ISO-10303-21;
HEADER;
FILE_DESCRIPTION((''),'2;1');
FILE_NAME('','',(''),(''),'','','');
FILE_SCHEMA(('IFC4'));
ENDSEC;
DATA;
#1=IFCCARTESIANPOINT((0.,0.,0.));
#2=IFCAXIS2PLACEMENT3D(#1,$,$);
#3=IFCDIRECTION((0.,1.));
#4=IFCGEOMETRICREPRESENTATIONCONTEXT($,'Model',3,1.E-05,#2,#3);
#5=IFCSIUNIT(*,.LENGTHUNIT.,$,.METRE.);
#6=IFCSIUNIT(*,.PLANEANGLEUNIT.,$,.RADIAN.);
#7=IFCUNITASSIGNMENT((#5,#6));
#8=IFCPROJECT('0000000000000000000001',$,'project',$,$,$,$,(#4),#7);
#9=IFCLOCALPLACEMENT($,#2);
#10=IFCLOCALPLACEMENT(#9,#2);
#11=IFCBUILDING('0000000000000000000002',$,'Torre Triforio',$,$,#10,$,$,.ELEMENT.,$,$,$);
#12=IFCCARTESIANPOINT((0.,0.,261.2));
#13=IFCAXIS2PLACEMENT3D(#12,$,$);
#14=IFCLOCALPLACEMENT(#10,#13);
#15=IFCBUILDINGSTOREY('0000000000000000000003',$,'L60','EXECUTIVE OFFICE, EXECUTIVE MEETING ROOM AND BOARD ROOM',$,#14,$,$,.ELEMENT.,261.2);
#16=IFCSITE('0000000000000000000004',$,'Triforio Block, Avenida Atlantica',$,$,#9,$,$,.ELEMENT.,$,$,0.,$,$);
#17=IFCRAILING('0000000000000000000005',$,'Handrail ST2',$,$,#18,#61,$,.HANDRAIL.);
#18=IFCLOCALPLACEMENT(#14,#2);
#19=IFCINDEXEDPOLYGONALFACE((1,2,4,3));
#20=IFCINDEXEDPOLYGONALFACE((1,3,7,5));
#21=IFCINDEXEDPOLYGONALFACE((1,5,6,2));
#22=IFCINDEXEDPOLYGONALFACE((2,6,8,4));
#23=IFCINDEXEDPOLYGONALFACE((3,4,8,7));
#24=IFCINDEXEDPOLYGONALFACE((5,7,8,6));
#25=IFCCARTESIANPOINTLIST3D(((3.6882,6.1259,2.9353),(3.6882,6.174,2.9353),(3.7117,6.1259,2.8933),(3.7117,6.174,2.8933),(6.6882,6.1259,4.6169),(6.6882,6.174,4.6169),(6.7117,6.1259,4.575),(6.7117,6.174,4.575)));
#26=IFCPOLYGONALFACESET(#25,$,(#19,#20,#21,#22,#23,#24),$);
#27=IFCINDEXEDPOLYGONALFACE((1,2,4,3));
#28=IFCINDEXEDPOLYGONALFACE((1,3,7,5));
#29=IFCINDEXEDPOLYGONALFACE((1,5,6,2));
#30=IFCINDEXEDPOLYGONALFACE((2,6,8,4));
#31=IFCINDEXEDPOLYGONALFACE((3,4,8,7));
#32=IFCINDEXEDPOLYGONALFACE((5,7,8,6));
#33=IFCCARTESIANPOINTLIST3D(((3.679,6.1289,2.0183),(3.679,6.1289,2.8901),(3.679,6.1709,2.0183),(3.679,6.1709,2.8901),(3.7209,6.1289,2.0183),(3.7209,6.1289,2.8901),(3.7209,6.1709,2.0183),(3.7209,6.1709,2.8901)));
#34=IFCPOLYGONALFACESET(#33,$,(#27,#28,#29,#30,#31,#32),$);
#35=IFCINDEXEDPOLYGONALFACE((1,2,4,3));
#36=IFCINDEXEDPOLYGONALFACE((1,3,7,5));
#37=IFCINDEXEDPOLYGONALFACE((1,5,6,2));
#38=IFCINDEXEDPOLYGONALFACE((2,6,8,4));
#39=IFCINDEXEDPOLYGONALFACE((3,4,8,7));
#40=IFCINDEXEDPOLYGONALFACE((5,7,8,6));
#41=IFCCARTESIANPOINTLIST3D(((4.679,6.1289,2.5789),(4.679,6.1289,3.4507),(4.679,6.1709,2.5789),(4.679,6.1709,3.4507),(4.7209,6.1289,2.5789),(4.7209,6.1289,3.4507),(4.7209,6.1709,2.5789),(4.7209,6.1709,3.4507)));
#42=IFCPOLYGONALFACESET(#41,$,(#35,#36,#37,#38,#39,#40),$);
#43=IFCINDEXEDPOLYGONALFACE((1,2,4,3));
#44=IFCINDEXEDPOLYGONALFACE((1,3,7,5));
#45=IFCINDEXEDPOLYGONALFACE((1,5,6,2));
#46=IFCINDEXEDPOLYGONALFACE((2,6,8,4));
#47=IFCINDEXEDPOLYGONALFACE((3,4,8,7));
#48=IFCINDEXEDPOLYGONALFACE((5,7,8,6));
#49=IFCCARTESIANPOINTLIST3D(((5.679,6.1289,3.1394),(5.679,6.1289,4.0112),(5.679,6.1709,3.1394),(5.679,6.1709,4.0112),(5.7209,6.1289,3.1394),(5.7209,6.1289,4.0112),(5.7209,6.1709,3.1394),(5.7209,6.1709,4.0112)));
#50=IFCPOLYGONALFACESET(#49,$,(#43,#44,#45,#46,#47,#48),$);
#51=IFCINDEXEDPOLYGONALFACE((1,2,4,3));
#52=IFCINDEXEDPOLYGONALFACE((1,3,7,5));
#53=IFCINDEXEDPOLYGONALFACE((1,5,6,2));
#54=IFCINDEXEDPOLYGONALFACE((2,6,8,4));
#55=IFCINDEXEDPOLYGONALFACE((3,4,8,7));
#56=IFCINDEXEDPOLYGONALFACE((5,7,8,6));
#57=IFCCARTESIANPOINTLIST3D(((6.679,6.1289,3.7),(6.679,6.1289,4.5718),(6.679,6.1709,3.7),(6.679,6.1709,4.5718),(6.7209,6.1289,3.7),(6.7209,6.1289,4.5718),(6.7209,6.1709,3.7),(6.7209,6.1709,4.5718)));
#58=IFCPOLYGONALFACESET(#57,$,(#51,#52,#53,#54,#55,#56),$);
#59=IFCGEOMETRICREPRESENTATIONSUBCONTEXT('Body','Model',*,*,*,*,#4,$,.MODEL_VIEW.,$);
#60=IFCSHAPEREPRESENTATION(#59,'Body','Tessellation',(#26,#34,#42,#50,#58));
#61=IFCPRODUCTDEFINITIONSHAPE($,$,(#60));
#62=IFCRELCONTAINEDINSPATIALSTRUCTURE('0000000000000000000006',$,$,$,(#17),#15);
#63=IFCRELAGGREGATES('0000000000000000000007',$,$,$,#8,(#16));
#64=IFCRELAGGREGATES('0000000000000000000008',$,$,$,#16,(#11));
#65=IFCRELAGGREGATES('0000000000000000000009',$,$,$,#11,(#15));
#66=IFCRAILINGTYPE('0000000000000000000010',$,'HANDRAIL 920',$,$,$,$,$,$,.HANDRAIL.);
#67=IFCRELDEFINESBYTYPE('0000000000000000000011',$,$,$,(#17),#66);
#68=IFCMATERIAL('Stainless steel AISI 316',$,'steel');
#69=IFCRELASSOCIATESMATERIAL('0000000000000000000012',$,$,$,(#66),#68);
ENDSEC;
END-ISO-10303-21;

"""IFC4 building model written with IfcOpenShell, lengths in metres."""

from ifc_helpers import new_model, si_unit, direction, frame, origin, origin_2d, place, context, subcontext, project, spatial, rectangle, extrude, material, type_object, element, save


model = new_model("IFC4")

# Units and contexts
model_context = context("Model", 3, precision=1e-05, world=origin(), true_north=direction((0.0, 1.0)))
body_context = subcontext(model_context, "Body", "Model", "MODEL_VIEW")
ifc_project = project(units=[si_unit("LENGTHUNIT", "METRE"), si_unit("PLANEANGLEUNIT", "RADIAN")], contexts=[model_context])

# Site, building, storey
site_placement = place(None, origin())
site = spatial("IfcSite", under=ifc_project, at=site_placement, Name="Triforio Block, Avenida Atlantica", CompositionType="ELEMENT", RefElevation=0.0)
building_placement = place(site_placement, origin())
building = spatial("IfcBuilding", under=site, at=building_placement, Name="Torre Triforio", CompositionType="ELEMENT")
storey_placement = place(building_placement, frame((0.0, 0.0, 261.2)))
storey = spatial("IfcBuildingStorey", under=building, at=storey_placement, Name="L60", Description="EXECUTIVE OFFICE, EXECUTIVE MEETING ROOM AND BOARD ROOM", CompositionType="ELEMENT", Elevation=261.2)

# Railing
ifc_material_1 = material(Name="Stainless steel AISI 316", Category="steel")
railing_type = type_object("IfcRailingType", Name="HANDRAIL 920", PredefinedType="HANDRAIL", material=ifc_material_1)
railing_placement = place(storey_placement, frame((3.7, 6.1499, 2.0183)))
element("IfcRailing", 1, at=railing_placement, inside=storey, type_object=railing_type, Name="Handrail ST2", PredefinedType="HANDRAIL", context=body_context, shape_type="SweptSolid", body=[
    extrude(rectangle(XDim=0.0481, YDim=0.0481, at=origin_2d()), frame((0.0, 0.0, 0.896), z_axis=(0.872303, 0.0, 0.488966), x_axis=(0.0, 1.0, 0.0)), (0.0, 0.0, 1.0), 3.4392),
    extrude(rectangle(XDim=0.042, YDim=0.042, at=origin_2d()), origin(), (0.0, 0.0, 1.0), 0.8718),
    extrude(rectangle(XDim=0.042, YDim=0.042, at=origin_2d()), frame((1.0, 0.0, 0.5605)), (0.0, 0.0, 1.0), 0.8718),
    extrude(rectangle(XDim=0.042, YDim=0.042, at=origin_2d()), frame((2.0, 0.0, 1.1211)), (0.0, 0.0, 1.0), 0.8718),
    extrude(rectangle(XDim=0.042, YDim=0.042, at=origin_2d()), frame((3.0, 0.0, 1.6816)), (0.0, 0.0, 1.0), 0.8718),
])

save(model, "model.ifc")
